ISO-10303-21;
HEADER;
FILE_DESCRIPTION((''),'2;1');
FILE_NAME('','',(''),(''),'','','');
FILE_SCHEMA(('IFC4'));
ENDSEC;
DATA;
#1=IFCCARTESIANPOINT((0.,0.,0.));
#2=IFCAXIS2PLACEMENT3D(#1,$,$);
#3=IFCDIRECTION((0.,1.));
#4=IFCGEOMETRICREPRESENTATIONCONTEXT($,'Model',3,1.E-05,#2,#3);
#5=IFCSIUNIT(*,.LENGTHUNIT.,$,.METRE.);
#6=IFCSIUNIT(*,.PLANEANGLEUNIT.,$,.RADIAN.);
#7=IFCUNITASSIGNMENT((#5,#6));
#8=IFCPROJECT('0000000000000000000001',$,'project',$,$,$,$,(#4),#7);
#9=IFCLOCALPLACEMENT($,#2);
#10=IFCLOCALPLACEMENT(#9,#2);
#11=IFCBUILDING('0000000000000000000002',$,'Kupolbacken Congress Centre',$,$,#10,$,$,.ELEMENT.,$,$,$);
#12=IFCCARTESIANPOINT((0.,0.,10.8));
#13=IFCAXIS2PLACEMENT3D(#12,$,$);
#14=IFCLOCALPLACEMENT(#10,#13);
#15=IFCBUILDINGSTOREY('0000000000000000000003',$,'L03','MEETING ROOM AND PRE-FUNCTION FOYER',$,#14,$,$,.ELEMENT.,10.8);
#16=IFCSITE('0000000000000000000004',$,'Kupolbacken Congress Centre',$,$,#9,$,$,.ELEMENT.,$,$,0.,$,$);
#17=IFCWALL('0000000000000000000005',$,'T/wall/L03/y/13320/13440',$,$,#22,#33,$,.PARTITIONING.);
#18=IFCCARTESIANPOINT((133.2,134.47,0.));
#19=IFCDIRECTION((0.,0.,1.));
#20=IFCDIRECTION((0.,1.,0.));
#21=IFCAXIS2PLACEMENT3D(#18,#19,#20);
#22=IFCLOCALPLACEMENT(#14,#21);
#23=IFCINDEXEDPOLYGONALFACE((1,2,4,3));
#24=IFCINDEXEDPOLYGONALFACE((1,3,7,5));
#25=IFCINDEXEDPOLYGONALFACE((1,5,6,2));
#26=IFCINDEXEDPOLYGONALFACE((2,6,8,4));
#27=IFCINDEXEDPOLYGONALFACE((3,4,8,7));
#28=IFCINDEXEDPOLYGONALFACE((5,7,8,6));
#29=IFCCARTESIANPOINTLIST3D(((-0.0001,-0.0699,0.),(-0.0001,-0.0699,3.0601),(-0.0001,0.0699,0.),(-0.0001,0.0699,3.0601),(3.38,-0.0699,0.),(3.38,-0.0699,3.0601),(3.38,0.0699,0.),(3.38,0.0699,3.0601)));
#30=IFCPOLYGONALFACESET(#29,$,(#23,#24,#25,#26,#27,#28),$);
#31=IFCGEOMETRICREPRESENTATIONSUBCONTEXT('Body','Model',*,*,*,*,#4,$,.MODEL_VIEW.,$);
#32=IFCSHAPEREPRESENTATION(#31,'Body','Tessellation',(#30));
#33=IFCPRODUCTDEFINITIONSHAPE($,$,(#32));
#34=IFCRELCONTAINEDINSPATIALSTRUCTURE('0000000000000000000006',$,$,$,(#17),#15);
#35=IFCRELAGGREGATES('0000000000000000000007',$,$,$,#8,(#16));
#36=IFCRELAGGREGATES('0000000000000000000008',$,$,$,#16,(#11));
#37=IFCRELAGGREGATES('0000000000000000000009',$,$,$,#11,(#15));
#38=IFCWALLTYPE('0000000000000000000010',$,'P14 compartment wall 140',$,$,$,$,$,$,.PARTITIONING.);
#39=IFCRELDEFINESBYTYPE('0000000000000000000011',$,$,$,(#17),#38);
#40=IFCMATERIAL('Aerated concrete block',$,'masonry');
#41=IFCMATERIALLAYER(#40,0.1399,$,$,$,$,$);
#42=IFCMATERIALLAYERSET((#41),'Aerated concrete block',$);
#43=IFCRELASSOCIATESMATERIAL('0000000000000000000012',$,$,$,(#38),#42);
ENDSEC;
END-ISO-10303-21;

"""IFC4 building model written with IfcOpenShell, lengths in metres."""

from ifc_helpers import new_model, si_unit, direction, frame, frame_2d, origin, place, context, subcontext, project, spatial, rectangle, extrude, material, layer, layer_set, type_object, element, save


model = new_model("IFC4")

# Units and contexts
model_context = context("Model", 3, precision=1e-05, world=origin(), true_north=direction((0.0, 1.0)))
body_context = subcontext(model_context, "Body", "Model", "MODEL_VIEW")
ifc_project = project(units=[si_unit("LENGTHUNIT", "METRE"), si_unit("PLANEANGLEUNIT", "RADIAN")], contexts=[model_context])

# Site, building, storey
site_placement = place(None, origin())
site = spatial("IfcSite", under=ifc_project, at=site_placement, Name="Kupolbacken Congress Centre", CompositionType="ELEMENT", RefElevation=0.0)
building_placement = place(site_placement, origin())
building = spatial("IfcBuilding", under=site, at=building_placement, Name="Kupolbacken Congress Centre", CompositionType="ELEMENT")
storey_placement = place(building_placement, frame((0.0, 0.0, 10.8)))
storey = spatial("IfcBuildingStorey", under=building, at=storey_placement, Name="L03", Description="MEETING ROOM AND PRE-FUNCTION FOYER", CompositionType="ELEMENT", Elevation=10.8)

# Shared definitions
ifc_material_1 = material(Name="Aerated concrete block", Category="masonry")
ifc_layer_1 = layer(ifc_material_1, 0.1399)
ifc_layer_set_1 = layer_set([ifc_layer_1], Name="Aerated concrete block")
wall_type_1 = type_object("IfcWallType", Name="P14 compartment wall 140", PredefinedType="PARTITIONING", material=ifc_layer_set_1)

# Wall
wall_1_placement = place(storey_placement, frame((133.2, 134.47, 0.0), z_axis=(0.0, 0.0, 1.0), x_axis=(0.0, 1.0, 0.0)))
element("IfcWall", 1, at=wall_1_placement, inside=storey, type_object=wall_type_1, Name="T/wall/L03/y/13320/13440", PredefinedType="PARTITIONING", context=body_context, shape_type="SweptSolid", body=[
    extrude(rectangle(XDim=3.3801, YDim=0.1399, at=frame_2d((1.6899, 0.0))), origin(), (0.0, 0.0, 1.0), 3.0601),
])

save(model, "model.ifc")
